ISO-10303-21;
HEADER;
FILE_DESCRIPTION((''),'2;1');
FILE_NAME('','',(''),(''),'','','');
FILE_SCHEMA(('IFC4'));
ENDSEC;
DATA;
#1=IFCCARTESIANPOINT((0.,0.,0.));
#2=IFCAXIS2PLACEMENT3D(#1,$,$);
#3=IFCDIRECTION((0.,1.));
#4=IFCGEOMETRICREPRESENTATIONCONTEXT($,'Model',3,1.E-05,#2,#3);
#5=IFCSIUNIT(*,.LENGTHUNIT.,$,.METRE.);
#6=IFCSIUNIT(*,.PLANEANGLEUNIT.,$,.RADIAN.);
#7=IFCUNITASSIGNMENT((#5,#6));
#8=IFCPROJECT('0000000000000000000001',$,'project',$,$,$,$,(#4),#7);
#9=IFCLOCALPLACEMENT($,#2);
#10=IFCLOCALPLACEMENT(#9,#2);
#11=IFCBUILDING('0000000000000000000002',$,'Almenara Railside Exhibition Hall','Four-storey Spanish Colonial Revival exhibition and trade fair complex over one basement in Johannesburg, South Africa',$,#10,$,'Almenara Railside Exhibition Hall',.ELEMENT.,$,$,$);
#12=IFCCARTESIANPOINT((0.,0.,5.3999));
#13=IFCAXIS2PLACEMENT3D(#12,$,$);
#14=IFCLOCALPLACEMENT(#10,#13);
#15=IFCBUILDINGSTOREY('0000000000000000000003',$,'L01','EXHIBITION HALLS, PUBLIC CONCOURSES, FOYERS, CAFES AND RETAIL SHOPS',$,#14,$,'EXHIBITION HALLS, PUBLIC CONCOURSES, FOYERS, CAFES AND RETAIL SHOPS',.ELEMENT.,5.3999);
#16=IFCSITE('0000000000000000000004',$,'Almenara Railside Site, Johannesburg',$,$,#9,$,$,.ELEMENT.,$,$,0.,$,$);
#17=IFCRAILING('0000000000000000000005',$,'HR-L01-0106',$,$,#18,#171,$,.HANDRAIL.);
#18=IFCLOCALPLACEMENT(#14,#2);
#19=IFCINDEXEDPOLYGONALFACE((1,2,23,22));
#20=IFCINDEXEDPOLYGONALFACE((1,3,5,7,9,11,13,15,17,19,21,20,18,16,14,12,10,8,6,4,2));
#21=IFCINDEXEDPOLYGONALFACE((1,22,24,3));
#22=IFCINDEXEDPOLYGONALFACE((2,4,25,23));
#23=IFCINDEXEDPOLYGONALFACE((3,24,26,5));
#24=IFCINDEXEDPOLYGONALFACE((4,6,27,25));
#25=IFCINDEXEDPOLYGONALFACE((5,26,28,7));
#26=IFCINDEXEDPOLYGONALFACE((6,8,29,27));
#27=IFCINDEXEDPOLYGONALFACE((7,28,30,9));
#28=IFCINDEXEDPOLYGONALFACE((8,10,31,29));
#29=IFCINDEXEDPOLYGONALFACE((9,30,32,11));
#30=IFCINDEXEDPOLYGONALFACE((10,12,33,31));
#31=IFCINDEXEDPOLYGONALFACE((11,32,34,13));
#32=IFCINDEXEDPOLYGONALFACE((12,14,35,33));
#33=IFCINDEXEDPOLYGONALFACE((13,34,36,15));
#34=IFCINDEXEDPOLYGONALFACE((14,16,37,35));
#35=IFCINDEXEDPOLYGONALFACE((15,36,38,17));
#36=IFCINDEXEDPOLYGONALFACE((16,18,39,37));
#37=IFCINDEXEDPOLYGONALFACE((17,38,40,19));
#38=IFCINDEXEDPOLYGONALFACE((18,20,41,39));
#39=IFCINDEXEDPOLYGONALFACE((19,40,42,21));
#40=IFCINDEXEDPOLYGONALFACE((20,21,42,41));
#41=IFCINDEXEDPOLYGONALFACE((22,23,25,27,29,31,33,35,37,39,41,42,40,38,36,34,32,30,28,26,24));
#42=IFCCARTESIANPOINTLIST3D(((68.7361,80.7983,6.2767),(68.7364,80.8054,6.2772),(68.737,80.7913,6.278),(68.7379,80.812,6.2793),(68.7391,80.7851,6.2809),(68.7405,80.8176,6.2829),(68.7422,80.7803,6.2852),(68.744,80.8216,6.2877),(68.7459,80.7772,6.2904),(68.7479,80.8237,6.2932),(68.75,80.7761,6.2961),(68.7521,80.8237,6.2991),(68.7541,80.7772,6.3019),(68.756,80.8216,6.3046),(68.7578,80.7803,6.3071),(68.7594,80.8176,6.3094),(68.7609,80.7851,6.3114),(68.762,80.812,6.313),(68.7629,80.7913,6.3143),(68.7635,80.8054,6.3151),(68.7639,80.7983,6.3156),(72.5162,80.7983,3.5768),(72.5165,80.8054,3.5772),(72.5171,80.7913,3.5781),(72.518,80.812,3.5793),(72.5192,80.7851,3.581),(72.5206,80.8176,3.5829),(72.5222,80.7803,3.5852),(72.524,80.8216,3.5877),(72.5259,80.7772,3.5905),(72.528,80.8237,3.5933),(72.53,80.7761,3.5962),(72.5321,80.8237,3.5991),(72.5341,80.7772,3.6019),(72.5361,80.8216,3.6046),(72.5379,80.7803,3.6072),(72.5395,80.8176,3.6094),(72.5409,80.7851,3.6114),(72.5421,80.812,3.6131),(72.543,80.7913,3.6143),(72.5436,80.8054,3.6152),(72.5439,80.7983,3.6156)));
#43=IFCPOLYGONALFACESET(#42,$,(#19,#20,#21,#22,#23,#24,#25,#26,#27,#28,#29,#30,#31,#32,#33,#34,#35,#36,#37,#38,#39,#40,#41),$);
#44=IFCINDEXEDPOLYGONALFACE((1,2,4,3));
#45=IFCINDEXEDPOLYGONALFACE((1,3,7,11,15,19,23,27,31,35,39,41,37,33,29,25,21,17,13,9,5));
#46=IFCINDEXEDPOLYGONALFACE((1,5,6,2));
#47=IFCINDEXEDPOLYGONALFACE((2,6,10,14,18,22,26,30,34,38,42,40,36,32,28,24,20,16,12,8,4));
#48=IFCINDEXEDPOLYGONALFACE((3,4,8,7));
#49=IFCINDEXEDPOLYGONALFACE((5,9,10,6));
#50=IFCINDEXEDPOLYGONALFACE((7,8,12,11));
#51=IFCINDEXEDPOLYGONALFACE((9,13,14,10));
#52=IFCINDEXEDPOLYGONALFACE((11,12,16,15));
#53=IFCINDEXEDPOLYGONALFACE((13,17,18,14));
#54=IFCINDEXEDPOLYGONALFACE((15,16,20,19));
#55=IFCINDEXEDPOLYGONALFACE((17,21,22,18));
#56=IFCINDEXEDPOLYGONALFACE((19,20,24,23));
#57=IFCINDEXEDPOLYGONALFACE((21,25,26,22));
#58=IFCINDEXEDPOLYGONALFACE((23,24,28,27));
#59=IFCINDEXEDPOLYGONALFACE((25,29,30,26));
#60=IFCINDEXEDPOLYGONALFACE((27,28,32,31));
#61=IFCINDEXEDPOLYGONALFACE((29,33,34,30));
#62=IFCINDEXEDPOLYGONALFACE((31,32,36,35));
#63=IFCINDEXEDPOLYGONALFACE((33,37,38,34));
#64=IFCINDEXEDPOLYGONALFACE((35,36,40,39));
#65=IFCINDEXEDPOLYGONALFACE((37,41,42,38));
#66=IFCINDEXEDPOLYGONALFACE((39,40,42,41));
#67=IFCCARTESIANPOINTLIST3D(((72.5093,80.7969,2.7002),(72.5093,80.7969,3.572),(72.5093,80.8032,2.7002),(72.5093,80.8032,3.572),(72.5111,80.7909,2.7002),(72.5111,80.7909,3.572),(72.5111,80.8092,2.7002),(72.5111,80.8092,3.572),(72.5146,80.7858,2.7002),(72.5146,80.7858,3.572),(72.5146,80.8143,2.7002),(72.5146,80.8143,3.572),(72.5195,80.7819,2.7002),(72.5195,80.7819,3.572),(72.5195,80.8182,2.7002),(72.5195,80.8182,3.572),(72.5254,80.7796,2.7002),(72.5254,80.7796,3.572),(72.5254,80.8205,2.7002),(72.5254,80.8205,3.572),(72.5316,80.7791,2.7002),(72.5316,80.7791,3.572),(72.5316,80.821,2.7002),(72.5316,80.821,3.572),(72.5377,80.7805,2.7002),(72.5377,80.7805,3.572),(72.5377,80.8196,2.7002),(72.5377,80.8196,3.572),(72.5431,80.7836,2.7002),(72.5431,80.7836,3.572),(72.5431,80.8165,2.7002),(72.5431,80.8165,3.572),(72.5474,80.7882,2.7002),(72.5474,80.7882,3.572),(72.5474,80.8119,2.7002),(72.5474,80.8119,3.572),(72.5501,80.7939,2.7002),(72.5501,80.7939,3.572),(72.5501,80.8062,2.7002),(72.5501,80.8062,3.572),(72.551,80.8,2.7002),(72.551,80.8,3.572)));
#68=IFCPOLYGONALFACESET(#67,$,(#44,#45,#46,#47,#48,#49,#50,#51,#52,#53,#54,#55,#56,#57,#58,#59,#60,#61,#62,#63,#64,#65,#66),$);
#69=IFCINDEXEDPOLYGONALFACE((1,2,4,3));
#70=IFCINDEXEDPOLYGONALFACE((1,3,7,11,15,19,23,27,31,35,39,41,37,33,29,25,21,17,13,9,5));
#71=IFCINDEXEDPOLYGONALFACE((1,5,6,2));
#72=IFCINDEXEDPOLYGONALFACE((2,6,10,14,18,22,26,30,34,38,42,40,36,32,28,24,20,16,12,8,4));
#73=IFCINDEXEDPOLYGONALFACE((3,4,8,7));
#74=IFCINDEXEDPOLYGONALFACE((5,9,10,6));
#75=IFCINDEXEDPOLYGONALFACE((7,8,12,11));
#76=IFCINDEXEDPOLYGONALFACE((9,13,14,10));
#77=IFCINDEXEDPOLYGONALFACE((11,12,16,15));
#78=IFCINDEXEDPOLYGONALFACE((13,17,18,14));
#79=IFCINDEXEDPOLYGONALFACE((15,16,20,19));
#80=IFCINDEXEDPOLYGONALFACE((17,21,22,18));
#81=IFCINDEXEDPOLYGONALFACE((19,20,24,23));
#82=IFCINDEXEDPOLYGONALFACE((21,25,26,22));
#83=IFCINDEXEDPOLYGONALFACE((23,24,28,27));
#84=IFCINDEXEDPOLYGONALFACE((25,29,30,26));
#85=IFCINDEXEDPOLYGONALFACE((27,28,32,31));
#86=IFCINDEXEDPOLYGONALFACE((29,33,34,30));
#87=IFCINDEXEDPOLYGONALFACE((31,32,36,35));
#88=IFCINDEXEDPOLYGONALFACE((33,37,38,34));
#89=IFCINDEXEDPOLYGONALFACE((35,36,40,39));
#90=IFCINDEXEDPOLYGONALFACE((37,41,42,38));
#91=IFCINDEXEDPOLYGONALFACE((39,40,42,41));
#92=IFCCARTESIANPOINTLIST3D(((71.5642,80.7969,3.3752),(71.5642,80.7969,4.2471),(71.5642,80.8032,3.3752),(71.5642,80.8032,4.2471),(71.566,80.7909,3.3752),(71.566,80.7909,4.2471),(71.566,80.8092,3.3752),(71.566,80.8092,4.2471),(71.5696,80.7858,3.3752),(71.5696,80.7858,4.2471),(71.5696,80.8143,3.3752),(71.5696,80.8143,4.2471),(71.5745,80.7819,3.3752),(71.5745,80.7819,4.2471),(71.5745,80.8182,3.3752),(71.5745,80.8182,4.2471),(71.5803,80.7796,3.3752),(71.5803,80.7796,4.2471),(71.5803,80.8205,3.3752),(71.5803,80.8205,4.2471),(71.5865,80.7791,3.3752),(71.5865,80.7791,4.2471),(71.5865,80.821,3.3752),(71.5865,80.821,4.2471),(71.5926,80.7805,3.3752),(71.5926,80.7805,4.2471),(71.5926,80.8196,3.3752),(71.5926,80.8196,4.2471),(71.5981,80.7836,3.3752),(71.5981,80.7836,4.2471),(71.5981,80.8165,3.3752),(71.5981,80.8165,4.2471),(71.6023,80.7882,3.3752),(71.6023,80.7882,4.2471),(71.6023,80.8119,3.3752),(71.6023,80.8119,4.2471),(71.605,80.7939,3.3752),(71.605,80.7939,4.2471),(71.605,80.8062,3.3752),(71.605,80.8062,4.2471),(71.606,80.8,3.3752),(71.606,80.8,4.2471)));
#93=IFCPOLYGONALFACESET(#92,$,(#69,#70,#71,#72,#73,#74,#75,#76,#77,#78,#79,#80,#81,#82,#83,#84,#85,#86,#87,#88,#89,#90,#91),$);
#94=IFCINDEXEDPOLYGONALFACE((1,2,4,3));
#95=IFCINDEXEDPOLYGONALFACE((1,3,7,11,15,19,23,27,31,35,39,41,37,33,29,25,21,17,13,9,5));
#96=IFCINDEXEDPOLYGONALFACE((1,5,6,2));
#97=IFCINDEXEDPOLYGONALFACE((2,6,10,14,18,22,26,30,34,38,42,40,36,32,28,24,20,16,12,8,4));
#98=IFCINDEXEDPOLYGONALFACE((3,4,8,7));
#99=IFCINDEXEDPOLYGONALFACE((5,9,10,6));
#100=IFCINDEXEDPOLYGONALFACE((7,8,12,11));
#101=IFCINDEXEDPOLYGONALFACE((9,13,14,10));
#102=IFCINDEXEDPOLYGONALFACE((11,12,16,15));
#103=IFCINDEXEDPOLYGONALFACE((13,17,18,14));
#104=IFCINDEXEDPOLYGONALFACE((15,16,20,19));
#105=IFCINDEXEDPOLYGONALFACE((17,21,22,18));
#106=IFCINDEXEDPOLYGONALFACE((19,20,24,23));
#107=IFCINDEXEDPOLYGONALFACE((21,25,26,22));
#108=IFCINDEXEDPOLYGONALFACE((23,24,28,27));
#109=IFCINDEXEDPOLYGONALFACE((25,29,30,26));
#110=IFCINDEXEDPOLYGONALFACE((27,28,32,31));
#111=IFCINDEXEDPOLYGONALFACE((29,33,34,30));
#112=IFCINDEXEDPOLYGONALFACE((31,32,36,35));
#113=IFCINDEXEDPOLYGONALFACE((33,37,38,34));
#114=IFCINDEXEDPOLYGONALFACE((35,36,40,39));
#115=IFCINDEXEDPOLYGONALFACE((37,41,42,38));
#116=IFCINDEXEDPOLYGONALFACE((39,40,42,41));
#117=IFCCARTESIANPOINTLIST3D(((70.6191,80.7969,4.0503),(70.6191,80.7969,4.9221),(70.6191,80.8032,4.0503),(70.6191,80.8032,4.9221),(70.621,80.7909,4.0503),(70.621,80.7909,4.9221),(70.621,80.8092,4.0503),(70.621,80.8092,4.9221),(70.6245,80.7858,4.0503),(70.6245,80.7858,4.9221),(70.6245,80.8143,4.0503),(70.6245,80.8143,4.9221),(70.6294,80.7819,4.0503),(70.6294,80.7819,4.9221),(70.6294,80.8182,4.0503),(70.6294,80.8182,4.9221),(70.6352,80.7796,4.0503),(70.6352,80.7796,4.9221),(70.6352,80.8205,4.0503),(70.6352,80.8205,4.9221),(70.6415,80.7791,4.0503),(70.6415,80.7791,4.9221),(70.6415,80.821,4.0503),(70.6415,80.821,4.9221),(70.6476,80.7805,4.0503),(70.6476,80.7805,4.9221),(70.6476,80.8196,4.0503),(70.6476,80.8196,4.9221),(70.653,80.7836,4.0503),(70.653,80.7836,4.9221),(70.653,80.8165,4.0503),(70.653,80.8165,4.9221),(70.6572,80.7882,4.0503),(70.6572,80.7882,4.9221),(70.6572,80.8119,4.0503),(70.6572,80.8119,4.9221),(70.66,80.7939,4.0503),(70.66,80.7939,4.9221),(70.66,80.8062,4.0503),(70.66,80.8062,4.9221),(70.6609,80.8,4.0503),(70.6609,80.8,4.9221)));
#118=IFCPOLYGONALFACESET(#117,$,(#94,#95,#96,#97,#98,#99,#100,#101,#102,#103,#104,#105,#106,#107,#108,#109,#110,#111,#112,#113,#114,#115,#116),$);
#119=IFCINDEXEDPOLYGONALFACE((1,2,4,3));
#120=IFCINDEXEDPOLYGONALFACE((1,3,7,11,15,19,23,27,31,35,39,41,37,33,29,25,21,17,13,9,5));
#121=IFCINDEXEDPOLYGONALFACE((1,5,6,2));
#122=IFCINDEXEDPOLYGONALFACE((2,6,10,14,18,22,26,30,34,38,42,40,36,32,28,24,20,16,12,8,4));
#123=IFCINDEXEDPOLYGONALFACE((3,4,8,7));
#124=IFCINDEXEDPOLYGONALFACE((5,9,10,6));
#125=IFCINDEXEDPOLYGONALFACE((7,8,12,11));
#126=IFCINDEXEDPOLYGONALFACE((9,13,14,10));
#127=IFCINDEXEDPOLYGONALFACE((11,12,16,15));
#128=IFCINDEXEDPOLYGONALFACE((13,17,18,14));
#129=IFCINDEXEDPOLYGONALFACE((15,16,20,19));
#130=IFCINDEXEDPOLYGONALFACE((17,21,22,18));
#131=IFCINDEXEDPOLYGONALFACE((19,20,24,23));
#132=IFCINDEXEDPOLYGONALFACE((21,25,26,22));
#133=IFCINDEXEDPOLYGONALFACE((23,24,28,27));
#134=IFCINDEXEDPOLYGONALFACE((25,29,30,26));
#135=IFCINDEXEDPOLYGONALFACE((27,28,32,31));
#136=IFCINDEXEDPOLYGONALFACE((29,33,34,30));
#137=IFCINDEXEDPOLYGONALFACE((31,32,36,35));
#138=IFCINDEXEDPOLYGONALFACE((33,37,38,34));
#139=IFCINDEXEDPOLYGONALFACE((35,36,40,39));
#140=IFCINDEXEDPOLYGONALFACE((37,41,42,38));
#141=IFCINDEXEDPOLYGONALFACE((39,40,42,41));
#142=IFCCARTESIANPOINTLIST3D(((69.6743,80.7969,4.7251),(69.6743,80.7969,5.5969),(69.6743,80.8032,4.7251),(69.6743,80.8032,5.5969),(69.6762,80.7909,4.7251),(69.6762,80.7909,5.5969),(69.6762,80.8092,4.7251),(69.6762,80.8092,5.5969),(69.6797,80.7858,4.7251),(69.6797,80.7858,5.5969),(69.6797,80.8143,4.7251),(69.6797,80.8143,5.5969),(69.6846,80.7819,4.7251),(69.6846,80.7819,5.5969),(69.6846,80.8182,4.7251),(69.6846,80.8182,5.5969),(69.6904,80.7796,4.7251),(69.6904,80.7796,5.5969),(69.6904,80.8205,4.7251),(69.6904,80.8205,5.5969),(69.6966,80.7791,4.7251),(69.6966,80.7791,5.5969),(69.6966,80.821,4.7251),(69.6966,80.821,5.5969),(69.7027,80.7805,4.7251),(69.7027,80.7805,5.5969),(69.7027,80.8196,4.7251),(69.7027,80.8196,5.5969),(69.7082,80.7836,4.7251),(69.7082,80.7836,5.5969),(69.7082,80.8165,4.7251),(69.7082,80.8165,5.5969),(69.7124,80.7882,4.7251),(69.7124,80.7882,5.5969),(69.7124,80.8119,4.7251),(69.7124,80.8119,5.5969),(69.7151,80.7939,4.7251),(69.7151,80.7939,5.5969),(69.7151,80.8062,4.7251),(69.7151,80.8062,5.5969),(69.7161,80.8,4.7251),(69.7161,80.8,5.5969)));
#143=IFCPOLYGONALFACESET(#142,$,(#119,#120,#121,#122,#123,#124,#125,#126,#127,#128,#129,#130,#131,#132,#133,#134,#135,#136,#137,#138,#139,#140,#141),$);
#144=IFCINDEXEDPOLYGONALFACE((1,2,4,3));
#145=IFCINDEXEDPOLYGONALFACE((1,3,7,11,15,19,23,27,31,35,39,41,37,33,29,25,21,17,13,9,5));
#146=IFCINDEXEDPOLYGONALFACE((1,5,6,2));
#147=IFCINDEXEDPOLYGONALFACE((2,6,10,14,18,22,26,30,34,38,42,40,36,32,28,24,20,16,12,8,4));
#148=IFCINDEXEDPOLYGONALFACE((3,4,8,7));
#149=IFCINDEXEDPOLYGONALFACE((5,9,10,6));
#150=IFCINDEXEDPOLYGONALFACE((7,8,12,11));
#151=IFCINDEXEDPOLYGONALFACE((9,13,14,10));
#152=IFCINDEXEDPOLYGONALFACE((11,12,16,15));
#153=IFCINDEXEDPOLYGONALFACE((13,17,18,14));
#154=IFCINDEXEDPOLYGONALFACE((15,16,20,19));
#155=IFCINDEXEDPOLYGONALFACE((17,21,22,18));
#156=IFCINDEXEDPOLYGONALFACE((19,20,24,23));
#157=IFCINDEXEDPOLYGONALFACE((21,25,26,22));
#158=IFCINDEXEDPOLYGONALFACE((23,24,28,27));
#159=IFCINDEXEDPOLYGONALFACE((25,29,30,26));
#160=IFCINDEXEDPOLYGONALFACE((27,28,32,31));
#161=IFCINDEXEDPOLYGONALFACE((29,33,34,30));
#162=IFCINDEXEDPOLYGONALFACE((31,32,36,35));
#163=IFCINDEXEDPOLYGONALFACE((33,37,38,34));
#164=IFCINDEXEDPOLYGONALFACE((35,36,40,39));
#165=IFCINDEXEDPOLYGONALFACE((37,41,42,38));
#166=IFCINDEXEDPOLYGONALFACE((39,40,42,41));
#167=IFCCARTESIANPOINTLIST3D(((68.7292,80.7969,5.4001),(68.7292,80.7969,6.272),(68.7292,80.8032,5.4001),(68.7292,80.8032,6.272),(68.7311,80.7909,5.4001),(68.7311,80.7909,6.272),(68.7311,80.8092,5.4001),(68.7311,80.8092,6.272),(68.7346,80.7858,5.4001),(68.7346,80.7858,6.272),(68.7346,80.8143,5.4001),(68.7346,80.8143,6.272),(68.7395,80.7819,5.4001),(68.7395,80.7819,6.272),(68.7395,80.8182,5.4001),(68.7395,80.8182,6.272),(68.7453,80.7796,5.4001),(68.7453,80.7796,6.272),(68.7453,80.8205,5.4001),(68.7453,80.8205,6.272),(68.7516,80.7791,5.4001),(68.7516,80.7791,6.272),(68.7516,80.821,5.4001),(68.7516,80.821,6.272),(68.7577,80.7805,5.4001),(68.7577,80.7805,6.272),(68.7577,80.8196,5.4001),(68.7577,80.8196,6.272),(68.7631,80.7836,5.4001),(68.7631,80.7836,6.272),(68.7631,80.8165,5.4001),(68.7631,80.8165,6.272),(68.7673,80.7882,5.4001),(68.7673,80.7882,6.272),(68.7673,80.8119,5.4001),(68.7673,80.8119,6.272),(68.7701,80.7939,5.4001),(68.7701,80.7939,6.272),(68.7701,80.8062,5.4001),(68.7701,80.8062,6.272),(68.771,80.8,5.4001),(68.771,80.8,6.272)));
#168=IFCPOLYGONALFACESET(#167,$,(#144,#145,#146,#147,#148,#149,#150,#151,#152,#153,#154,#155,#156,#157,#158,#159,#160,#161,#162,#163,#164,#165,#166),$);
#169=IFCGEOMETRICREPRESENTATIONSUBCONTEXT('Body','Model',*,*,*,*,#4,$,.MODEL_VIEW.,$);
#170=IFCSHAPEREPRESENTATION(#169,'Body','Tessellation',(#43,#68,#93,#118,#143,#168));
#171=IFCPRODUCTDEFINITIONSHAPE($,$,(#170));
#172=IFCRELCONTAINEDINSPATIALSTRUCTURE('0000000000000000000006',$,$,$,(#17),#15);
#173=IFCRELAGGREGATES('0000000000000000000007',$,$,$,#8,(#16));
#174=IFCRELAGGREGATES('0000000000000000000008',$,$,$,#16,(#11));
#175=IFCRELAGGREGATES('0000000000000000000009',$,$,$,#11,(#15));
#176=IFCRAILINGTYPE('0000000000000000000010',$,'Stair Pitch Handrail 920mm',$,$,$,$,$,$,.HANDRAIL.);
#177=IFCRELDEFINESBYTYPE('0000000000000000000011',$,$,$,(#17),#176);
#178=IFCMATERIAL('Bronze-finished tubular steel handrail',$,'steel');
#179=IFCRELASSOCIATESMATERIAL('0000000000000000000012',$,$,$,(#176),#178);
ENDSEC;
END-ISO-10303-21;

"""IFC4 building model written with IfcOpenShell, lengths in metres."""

from ifc_helpers import new_model, si_unit, direction, frame, origin, origin_2d, place, context, subcontext, project, spatial, circle, extrude, material, type_object, element, save


model = new_model("IFC4")

# Units and contexts
model_context = context("Model", 3, precision=1e-05, world=origin(), true_north=direction((0.0, 1.0)))
body_context = subcontext(model_context, "Body", "Model", "MODEL_VIEW")
ifc_project = project(units=[si_unit("LENGTHUNIT", "METRE"), si_unit("PLANEANGLEUNIT", "RADIAN")], contexts=[model_context])

# Site, building, storey
site_placement = place(None, origin())
site = spatial("IfcSite", under=ifc_project, at=site_placement, Name="Almenara Railside Site, Johannesburg", CompositionType="ELEMENT", RefElevation=0.0)
building_placement = place(site_placement, origin())
building = spatial("IfcBuilding", under=site, at=building_placement, Name="Almenara Railside Exhibition Hall", Description="Four-storey Spanish Colonial Revival exhibition and trade fair complex over one basement in Johannesburg, South Africa", LongName="Almenara Railside Exhibition Hall", CompositionType="ELEMENT")
storey_placement = place(building_placement, frame((0.0, 0.0, 5.3999)))
storey = spatial("IfcBuildingStorey", under=building, at=storey_placement, Name="L01", Description="EXHIBITION HALLS, PUBLIC CONCOURSES, FOYERS, CAFES AND RETAIL SHOPS", LongName="EXHIBITION HALLS, PUBLIC CONCOURSES, FOYERS, CAFES AND RETAIL SHOPS", CompositionType="ELEMENT", Elevation=5.3999)

# Railing
ifc_material_1 = material(Name="Bronze-finished tubular steel handrail", Category="steel")
railing_type_1 = type_object("IfcRailingType", Name="Stair Pitch Handrail 920mm", PredefinedType="HANDRAIL", material=ifc_material_1)
railing_1_placement = place(storey_placement, frame((72.53, 80.8, 2.7002)))
element("IfcRailing", 1, at=railing_1_placement, inside=storey, type_object=railing_type_1, Name="HR-L01-0106", PredefinedType="HANDRAIL", context=body_context, shape_type="SweptSolid", body=[
    extrude(circle(Radius=0.0239, at=origin_2d()), frame((0.0, 0.0, 0.896), z_axis=(-0.813741, 0.0, 0.581228), x_axis=(0.0, -1.0, 0.0)), (0.0, 0.0, 1.0), 4.6453),
    extrude(circle(Radius=0.021, at=origin_2d()), origin(), (0.0, 0.0, 1.0), 0.8718),
    extrude(circle(Radius=0.021, at=origin_2d()), frame((-0.9451, 0.0, 0.675)), (0.0, 0.0, 1.0), 0.8718),
    extrude(circle(Radius=0.021, at=origin_2d()), frame((-1.8901, 0.0, 1.3501)), (0.0, 0.0, 1.0), 0.8718),
    extrude(circle(Radius=0.021, at=origin_2d()), frame((-2.835, 0.0, 2.0249)), (0.0, 0.0, 1.0), 0.8718),
    extrude(circle(Radius=0.021, at=origin_2d()), frame((-3.78, 0.0, 2.7)), (0.0, 0.0, 1.0), 0.8718),
])

save(model, "model.ifc")
